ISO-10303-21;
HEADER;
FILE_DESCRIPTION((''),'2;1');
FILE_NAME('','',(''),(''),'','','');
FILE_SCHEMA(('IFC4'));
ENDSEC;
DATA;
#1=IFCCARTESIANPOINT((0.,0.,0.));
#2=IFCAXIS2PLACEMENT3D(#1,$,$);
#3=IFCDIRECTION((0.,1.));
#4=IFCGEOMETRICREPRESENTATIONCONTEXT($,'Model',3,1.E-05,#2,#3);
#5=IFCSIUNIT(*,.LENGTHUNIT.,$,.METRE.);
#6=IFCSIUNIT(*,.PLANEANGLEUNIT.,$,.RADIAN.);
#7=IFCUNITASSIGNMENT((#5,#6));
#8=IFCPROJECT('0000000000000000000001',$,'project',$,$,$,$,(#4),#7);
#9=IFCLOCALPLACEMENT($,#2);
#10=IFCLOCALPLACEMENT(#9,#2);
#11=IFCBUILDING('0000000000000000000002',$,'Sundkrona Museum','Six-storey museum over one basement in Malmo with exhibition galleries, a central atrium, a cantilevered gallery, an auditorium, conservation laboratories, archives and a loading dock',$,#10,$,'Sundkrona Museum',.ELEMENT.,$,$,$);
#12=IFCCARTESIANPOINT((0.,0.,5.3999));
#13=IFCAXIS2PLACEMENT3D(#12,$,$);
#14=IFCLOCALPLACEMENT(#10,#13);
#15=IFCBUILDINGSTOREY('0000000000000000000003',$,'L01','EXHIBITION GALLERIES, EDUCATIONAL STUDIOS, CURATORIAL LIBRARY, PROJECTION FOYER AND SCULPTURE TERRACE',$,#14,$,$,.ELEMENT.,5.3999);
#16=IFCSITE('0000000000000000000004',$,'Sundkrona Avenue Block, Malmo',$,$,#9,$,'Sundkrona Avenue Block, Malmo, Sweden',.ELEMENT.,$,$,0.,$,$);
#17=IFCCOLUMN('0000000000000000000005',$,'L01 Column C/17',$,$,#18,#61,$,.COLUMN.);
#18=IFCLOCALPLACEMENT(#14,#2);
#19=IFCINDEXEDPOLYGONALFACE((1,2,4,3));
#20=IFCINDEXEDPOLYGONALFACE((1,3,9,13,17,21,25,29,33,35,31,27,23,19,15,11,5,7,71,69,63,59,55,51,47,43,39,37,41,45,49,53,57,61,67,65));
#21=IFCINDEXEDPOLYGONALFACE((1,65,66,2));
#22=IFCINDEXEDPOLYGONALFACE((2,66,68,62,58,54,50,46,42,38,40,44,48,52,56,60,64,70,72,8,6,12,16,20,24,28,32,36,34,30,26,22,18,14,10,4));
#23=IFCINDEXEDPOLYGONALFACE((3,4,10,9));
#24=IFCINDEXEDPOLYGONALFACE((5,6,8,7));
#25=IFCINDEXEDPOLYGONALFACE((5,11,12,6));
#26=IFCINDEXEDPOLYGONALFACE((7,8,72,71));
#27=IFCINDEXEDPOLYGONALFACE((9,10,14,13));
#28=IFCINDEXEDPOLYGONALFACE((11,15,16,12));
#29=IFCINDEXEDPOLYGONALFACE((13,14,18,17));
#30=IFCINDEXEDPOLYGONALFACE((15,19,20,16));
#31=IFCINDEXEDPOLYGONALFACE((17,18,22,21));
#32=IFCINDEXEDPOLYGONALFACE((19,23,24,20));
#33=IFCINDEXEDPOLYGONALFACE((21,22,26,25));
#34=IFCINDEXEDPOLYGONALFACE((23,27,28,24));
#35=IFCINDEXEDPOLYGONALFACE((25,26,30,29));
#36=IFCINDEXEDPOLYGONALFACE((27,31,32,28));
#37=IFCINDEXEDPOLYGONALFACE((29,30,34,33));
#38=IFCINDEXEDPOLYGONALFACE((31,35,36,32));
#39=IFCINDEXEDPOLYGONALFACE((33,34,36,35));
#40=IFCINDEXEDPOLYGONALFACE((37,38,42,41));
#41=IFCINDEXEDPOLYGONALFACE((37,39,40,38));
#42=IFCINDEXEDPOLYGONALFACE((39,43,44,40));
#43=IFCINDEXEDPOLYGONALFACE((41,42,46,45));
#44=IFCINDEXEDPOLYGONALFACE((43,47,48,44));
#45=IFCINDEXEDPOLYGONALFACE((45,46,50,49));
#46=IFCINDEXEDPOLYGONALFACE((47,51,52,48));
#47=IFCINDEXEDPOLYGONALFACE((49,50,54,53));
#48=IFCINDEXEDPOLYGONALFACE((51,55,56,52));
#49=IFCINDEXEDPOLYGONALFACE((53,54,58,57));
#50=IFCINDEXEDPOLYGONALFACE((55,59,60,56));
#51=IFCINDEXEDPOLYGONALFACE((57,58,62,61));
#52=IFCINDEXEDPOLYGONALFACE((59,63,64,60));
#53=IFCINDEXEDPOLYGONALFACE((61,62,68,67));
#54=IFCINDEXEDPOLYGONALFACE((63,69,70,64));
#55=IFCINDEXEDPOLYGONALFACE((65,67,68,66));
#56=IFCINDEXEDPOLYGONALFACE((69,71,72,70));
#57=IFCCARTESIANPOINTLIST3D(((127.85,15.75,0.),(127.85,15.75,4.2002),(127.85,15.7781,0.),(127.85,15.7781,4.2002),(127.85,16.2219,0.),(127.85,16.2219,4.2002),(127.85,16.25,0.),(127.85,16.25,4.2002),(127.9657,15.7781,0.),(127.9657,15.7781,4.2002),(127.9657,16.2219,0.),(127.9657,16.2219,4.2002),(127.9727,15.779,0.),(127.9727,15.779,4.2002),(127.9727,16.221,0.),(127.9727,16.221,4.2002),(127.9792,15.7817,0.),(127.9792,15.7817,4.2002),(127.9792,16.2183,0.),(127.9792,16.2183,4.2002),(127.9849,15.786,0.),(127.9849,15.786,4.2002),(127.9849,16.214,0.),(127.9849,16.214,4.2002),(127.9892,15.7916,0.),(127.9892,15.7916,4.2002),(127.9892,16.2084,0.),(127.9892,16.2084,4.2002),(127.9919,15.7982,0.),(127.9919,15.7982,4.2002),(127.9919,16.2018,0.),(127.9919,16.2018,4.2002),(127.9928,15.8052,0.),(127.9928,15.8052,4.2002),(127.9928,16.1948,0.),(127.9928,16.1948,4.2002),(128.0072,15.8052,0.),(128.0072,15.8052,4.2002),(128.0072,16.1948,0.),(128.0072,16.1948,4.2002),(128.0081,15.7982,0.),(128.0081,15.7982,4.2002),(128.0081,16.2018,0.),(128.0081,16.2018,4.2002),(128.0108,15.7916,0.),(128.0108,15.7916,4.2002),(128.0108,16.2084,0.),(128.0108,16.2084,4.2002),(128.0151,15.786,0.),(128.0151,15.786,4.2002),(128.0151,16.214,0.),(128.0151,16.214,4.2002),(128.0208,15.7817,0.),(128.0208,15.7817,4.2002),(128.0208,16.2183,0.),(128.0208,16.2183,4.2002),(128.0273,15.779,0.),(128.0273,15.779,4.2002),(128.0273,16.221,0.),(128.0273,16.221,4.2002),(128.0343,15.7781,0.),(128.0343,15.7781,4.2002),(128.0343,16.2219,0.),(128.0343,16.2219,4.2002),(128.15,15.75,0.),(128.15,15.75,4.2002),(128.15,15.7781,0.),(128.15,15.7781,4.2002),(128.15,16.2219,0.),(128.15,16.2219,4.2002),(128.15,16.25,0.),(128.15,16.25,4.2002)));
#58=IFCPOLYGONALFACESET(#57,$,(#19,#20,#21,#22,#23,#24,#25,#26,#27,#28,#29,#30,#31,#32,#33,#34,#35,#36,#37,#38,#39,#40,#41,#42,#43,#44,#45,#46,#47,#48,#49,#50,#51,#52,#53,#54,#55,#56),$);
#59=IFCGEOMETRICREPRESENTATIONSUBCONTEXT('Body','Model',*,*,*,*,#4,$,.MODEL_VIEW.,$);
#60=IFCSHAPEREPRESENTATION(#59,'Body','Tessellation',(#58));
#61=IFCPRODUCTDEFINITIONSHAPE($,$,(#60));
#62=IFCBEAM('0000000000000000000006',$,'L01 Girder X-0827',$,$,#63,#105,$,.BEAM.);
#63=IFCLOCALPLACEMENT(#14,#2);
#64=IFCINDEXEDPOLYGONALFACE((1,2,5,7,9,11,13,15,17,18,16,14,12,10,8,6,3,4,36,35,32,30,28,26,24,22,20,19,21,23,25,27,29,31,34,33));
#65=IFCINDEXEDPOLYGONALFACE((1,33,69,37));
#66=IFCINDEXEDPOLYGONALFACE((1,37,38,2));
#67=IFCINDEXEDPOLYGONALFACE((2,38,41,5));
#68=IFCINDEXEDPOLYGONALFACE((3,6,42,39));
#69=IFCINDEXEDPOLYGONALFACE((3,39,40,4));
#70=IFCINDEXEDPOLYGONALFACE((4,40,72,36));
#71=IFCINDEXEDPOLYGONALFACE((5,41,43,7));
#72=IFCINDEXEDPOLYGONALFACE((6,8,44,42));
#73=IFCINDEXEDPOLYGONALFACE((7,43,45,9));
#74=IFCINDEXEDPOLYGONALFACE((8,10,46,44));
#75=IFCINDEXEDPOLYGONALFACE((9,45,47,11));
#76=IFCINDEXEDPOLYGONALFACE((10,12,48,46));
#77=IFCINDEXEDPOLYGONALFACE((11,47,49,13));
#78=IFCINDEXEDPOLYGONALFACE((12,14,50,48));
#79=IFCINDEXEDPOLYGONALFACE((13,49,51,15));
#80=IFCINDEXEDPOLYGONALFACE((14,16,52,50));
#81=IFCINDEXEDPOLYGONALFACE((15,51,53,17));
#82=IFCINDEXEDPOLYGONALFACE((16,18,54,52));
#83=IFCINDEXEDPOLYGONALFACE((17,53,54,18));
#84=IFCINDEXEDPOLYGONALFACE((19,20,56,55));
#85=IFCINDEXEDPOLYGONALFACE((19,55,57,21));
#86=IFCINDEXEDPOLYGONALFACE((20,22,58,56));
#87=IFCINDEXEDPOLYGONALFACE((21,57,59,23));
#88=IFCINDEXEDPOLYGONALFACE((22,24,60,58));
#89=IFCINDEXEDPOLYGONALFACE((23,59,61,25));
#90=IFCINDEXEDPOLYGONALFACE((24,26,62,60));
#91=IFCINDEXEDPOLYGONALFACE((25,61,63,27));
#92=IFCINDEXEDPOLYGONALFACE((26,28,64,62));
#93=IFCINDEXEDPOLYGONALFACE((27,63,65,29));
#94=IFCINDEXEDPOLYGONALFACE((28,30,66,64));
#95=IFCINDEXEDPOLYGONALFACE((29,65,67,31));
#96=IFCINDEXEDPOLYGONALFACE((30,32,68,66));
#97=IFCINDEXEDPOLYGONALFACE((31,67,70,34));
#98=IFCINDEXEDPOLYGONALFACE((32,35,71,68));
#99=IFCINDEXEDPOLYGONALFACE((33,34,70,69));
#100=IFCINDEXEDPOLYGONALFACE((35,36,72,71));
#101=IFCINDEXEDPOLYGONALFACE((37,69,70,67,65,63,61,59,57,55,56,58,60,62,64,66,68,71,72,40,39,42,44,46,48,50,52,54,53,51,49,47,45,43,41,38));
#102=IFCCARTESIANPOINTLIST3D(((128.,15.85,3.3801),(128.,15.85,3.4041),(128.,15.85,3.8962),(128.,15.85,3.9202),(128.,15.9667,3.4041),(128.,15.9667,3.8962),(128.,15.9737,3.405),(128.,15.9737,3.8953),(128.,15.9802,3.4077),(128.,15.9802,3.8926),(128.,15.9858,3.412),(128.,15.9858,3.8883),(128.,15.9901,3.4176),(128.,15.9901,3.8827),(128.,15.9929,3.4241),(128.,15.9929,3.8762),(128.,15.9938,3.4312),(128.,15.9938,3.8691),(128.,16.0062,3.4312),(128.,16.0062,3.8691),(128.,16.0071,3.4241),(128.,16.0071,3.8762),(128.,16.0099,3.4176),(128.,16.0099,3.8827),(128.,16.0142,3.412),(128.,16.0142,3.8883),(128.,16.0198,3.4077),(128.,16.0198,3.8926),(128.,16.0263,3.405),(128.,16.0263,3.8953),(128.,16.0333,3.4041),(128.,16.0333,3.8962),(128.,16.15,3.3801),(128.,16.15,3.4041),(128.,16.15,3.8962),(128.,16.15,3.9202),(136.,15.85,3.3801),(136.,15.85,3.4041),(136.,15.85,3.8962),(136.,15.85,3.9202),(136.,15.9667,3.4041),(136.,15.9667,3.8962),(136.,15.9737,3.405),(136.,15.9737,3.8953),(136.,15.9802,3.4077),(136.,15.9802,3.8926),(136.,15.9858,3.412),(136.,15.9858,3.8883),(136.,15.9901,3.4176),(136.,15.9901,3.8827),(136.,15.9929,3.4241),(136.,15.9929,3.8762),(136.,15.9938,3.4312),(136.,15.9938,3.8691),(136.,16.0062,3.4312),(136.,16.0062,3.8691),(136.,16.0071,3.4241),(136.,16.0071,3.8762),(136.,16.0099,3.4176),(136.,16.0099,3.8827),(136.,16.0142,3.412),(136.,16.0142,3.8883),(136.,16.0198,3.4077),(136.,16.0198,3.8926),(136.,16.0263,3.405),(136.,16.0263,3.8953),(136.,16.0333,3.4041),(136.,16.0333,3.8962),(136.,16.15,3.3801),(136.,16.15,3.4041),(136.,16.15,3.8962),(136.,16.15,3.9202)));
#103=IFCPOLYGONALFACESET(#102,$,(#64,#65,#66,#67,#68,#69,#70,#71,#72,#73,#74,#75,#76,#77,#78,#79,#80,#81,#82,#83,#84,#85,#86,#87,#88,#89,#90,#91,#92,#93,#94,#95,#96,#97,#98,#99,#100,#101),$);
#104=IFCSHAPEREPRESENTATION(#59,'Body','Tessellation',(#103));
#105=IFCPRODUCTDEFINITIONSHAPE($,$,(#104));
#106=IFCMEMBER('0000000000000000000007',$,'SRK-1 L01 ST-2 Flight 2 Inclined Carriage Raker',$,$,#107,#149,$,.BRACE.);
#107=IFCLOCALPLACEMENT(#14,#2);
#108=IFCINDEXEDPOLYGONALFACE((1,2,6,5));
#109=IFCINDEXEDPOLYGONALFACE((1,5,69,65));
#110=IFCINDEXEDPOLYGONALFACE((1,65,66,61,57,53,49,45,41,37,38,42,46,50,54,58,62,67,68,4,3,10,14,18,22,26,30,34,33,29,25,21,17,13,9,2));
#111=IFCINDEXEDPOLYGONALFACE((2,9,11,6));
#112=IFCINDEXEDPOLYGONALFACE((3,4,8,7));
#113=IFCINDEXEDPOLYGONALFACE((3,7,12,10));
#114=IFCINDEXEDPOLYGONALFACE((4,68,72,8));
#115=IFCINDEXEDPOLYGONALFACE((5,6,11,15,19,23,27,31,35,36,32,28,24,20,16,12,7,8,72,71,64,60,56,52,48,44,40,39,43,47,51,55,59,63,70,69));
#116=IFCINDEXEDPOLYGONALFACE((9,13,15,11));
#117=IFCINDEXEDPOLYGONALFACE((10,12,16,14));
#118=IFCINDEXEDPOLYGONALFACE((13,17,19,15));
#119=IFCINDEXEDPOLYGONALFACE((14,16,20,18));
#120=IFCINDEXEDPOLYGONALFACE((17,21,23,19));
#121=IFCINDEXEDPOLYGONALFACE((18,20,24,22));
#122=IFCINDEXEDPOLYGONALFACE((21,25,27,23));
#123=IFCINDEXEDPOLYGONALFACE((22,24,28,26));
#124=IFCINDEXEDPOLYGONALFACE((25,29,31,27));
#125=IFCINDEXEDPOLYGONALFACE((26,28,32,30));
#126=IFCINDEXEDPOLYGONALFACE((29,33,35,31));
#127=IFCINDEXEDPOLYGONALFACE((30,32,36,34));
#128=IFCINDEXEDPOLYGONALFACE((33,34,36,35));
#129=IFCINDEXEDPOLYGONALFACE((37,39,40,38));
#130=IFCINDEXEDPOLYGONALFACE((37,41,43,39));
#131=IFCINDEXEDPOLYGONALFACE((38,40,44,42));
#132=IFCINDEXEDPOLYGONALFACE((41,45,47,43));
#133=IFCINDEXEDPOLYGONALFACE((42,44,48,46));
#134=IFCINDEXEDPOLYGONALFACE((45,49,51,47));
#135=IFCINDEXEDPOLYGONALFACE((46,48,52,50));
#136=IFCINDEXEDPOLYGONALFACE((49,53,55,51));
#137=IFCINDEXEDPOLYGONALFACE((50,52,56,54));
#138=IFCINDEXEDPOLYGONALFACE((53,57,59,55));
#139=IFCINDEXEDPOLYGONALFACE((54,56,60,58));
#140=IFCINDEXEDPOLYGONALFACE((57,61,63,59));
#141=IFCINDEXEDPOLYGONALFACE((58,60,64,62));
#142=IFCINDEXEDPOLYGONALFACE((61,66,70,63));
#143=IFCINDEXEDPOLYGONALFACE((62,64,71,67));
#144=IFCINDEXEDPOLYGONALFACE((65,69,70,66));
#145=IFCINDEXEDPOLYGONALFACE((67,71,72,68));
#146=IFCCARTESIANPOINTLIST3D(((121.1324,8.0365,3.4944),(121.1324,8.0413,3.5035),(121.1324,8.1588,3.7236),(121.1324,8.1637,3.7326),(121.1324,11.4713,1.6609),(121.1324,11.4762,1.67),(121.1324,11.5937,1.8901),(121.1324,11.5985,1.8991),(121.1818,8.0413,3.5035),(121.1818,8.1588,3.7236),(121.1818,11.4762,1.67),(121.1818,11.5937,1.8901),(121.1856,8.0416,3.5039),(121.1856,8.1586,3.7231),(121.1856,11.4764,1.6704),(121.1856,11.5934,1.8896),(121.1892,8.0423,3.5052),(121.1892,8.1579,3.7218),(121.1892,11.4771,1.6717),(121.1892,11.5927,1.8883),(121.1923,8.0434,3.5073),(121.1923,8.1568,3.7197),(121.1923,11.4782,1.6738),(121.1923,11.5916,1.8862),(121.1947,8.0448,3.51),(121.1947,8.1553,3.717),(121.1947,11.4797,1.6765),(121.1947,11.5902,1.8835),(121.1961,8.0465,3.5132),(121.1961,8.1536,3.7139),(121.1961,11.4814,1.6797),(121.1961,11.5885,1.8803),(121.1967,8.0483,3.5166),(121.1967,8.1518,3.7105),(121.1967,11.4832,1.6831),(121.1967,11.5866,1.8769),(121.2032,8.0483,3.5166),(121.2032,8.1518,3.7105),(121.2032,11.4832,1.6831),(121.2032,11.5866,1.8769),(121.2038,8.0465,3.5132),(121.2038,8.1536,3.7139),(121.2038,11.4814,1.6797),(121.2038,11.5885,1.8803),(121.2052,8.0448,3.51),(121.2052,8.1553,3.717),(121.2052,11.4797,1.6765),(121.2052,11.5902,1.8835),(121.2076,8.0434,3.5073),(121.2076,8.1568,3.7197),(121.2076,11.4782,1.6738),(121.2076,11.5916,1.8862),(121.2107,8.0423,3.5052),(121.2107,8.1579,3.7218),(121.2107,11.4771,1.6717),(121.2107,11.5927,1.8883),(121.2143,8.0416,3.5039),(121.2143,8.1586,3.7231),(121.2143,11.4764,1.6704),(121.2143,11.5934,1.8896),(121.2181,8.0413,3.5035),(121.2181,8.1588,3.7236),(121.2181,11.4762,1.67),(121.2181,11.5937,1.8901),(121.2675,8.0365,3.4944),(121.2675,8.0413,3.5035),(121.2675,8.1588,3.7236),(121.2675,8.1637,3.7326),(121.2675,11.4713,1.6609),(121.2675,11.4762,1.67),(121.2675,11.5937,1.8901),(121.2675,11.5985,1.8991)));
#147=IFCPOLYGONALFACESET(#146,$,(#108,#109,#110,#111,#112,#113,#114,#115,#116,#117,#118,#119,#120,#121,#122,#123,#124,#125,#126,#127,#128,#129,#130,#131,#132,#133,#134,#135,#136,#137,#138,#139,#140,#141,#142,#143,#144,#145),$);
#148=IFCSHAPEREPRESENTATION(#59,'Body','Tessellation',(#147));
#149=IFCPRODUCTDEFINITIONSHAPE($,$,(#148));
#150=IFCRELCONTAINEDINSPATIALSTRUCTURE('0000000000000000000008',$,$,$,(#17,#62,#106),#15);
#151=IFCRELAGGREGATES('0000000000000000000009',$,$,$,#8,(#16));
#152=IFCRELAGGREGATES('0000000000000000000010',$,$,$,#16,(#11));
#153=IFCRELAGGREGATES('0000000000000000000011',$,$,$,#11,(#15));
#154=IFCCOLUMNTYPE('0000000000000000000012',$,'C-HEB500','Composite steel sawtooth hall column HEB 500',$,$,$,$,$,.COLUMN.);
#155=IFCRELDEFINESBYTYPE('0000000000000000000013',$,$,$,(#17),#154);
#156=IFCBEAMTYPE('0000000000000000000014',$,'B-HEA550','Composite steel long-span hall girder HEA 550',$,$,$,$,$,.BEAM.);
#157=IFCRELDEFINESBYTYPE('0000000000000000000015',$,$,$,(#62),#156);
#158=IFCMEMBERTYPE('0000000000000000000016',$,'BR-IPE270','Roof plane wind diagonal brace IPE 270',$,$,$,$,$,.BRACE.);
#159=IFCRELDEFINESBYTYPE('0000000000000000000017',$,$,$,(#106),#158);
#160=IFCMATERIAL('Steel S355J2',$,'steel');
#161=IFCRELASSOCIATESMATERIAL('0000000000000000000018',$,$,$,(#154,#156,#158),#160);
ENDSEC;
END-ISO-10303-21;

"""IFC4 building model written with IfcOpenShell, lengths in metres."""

from ifc_helpers import new_model, si_unit, direction, frame, origin, origin_2d, place, context, subcontext, project, spatial, i_section, extrude, material, material_profile, profile_set, type_object, element, save


model = new_model("IFC4")

# Units and contexts
model_context = context("Model", 3, precision=1e-05, world=origin(), true_north=direction((0.0, 1.0)))
body_context = subcontext(model_context, "Body", "Model", "MODEL_VIEW")
ifc_project = project(units=[si_unit("LENGTHUNIT", "METRE"), si_unit("PLANEANGLEUNIT", "RADIAN")], contexts=[model_context])

# Site, building, storey
site_placement = place(None, origin())
site = spatial("IfcSite", under=ifc_project, at=site_placement, Name="Sundkrona Avenue Block, Malmo", LongName="Sundkrona Avenue Block, Malmo, Sweden", CompositionType="ELEMENT", RefElevation=0.0)
building_placement = place(site_placement, origin())
building = spatial("IfcBuilding", under=site, at=building_placement, Name="Sundkrona Museum", Description="Six-storey museum over one basement in Malmo with exhibition galleries, a central atrium, a cantilevered gallery, an auditorium, conservation laboratories, archives and a loading dock", LongName="Sundkrona Museum", CompositionType="ELEMENT")
storey_placement = place(building_placement, frame((0.0, 0.0, 5.3999)))
storey = spatial("IfcBuildingStorey", under=building, at=storey_placement, Name="L01", Description="EXHIBITION GALLERIES, EDUCATIONAL STUDIOS, CURATORIAL LIBRARY, PROJECTION FOYER AND SCULPTURE TERRACE", CompositionType="ELEMENT", Elevation=5.3999)

# Column
ifc_material_1 = material(Name="Steel S355J2", Category="steel")
ifc_material_profile_1 = material_profile(ifc_material_1, i_section(OverallWidth=0.3, OverallDepth=0.5, WebThickness=0.0144, FlangeThickness=0.0281, FilletRadius=0.0271, at=origin_2d()), Name="HEB 500")
ifc_profile_set_1 = profile_set([ifc_material_profile_1], Name="Steel S355J2")
column_type = type_object("IfcColumnType", Name="C-HEB500", Description="Composite steel sawtooth hall column HEB 500", PredefinedType="COLUMN", material=ifc_profile_set_1)
column_placement = place(storey_placement, frame((128.0, 16.0, 0.0), z_axis=(0.0, 0.0, 1.0), x_axis=(1.0, 0.0, 0.0)))
element("IfcColumn", 1, at=column_placement, inside=storey, type_object=column_type, Name="L01 Column C/17", PredefinedType="COLUMN", context=body_context, shape_type="SweptSolid", body=[
    extrude(i_section(OverallWidth=0.3, OverallDepth=0.5, WebThickness=0.0144, FlangeThickness=0.0281, FilletRadius=0.0271, at=origin_2d()), origin(), (0.0, 0.0, 1.0), 4.2002),
])

# Beam
ifc_material_profile_2 = material_profile(ifc_material_1, i_section(OverallWidth=0.3, OverallDepth=0.54, WebThickness=0.0125, FlangeThickness=0.0239, FilletRadius=0.0271, at=origin_2d()), Name="HEA 550")
ifc_profile_set_2 = profile_set([ifc_material_profile_2], Name="Steel S355J2")
beam_type_1 = type_object("IfcBeamType", Name="B-HEA550", Description="Composite steel long-span hall girder HEA 550", PredefinedType="BEAM", material=ifc_profile_set_2)
beam_1_placement = place(storey_placement, frame((128.0, 16.0, 3.6501), z_axis=(1.0, 0.0, 0.0), x_axis=(0.0, 1.0, 0.0)))
element("IfcBeam", 2, at=beam_1_placement, inside=storey, type_object=beam_type_1, Name="L01 Girder X-0827", PredefinedType="BEAM", context=body_context, shape_type="SweptSolid", body=[
    extrude(i_section(OverallWidth=0.3, OverallDepth=0.54, WebThickness=0.0125, FlangeThickness=0.0239, FilletRadius=0.0271, at=origin_2d()), origin(), (0.0, 0.0, 1.0), 8.0),
])

# Member
ifc_material_profile_3 = material_profile(ifc_material_1, i_section(OverallWidth=0.135, OverallDepth=0.27, WebThickness=0.0066, FlangeThickness=0.0103, FilletRadius=0.0149, at=origin_2d()), Name="IPE 270")
ifc_profile_set_3 = profile_set([ifc_material_profile_3], Name="Steel S355J2")
member_type = type_object("IfcMemberType", Name="BR-IPE270", Description="Roof plane wind diagonal brace IPE 270", PredefinedType="BRACE", material=ifc_profile_set_3)
member_placement = place(storey_placement, frame((121.2, 11.5349, 1.78), z_axis=(0.0, -0.882183, 0.470907), x_axis=(1.0, 0.0, 0.0)))
element("IfcMember", 3, at=member_placement, inside=storey, type_object=member_type, Name="SRK-1 L01 ST-2 Flight 2 Inclined Carriage Raker", PredefinedType="BRACE", context=body_context, shape_type="SweptSolid", body=[
    extrude(i_section(OverallWidth=0.135, OverallDepth=0.27, WebThickness=0.0066, FlangeThickness=0.0103, FilletRadius=0.0149, at=origin_2d()), origin(), (0.0, 0.0, 1.0), 3.8936),
])

save(model, "model.ifc")
